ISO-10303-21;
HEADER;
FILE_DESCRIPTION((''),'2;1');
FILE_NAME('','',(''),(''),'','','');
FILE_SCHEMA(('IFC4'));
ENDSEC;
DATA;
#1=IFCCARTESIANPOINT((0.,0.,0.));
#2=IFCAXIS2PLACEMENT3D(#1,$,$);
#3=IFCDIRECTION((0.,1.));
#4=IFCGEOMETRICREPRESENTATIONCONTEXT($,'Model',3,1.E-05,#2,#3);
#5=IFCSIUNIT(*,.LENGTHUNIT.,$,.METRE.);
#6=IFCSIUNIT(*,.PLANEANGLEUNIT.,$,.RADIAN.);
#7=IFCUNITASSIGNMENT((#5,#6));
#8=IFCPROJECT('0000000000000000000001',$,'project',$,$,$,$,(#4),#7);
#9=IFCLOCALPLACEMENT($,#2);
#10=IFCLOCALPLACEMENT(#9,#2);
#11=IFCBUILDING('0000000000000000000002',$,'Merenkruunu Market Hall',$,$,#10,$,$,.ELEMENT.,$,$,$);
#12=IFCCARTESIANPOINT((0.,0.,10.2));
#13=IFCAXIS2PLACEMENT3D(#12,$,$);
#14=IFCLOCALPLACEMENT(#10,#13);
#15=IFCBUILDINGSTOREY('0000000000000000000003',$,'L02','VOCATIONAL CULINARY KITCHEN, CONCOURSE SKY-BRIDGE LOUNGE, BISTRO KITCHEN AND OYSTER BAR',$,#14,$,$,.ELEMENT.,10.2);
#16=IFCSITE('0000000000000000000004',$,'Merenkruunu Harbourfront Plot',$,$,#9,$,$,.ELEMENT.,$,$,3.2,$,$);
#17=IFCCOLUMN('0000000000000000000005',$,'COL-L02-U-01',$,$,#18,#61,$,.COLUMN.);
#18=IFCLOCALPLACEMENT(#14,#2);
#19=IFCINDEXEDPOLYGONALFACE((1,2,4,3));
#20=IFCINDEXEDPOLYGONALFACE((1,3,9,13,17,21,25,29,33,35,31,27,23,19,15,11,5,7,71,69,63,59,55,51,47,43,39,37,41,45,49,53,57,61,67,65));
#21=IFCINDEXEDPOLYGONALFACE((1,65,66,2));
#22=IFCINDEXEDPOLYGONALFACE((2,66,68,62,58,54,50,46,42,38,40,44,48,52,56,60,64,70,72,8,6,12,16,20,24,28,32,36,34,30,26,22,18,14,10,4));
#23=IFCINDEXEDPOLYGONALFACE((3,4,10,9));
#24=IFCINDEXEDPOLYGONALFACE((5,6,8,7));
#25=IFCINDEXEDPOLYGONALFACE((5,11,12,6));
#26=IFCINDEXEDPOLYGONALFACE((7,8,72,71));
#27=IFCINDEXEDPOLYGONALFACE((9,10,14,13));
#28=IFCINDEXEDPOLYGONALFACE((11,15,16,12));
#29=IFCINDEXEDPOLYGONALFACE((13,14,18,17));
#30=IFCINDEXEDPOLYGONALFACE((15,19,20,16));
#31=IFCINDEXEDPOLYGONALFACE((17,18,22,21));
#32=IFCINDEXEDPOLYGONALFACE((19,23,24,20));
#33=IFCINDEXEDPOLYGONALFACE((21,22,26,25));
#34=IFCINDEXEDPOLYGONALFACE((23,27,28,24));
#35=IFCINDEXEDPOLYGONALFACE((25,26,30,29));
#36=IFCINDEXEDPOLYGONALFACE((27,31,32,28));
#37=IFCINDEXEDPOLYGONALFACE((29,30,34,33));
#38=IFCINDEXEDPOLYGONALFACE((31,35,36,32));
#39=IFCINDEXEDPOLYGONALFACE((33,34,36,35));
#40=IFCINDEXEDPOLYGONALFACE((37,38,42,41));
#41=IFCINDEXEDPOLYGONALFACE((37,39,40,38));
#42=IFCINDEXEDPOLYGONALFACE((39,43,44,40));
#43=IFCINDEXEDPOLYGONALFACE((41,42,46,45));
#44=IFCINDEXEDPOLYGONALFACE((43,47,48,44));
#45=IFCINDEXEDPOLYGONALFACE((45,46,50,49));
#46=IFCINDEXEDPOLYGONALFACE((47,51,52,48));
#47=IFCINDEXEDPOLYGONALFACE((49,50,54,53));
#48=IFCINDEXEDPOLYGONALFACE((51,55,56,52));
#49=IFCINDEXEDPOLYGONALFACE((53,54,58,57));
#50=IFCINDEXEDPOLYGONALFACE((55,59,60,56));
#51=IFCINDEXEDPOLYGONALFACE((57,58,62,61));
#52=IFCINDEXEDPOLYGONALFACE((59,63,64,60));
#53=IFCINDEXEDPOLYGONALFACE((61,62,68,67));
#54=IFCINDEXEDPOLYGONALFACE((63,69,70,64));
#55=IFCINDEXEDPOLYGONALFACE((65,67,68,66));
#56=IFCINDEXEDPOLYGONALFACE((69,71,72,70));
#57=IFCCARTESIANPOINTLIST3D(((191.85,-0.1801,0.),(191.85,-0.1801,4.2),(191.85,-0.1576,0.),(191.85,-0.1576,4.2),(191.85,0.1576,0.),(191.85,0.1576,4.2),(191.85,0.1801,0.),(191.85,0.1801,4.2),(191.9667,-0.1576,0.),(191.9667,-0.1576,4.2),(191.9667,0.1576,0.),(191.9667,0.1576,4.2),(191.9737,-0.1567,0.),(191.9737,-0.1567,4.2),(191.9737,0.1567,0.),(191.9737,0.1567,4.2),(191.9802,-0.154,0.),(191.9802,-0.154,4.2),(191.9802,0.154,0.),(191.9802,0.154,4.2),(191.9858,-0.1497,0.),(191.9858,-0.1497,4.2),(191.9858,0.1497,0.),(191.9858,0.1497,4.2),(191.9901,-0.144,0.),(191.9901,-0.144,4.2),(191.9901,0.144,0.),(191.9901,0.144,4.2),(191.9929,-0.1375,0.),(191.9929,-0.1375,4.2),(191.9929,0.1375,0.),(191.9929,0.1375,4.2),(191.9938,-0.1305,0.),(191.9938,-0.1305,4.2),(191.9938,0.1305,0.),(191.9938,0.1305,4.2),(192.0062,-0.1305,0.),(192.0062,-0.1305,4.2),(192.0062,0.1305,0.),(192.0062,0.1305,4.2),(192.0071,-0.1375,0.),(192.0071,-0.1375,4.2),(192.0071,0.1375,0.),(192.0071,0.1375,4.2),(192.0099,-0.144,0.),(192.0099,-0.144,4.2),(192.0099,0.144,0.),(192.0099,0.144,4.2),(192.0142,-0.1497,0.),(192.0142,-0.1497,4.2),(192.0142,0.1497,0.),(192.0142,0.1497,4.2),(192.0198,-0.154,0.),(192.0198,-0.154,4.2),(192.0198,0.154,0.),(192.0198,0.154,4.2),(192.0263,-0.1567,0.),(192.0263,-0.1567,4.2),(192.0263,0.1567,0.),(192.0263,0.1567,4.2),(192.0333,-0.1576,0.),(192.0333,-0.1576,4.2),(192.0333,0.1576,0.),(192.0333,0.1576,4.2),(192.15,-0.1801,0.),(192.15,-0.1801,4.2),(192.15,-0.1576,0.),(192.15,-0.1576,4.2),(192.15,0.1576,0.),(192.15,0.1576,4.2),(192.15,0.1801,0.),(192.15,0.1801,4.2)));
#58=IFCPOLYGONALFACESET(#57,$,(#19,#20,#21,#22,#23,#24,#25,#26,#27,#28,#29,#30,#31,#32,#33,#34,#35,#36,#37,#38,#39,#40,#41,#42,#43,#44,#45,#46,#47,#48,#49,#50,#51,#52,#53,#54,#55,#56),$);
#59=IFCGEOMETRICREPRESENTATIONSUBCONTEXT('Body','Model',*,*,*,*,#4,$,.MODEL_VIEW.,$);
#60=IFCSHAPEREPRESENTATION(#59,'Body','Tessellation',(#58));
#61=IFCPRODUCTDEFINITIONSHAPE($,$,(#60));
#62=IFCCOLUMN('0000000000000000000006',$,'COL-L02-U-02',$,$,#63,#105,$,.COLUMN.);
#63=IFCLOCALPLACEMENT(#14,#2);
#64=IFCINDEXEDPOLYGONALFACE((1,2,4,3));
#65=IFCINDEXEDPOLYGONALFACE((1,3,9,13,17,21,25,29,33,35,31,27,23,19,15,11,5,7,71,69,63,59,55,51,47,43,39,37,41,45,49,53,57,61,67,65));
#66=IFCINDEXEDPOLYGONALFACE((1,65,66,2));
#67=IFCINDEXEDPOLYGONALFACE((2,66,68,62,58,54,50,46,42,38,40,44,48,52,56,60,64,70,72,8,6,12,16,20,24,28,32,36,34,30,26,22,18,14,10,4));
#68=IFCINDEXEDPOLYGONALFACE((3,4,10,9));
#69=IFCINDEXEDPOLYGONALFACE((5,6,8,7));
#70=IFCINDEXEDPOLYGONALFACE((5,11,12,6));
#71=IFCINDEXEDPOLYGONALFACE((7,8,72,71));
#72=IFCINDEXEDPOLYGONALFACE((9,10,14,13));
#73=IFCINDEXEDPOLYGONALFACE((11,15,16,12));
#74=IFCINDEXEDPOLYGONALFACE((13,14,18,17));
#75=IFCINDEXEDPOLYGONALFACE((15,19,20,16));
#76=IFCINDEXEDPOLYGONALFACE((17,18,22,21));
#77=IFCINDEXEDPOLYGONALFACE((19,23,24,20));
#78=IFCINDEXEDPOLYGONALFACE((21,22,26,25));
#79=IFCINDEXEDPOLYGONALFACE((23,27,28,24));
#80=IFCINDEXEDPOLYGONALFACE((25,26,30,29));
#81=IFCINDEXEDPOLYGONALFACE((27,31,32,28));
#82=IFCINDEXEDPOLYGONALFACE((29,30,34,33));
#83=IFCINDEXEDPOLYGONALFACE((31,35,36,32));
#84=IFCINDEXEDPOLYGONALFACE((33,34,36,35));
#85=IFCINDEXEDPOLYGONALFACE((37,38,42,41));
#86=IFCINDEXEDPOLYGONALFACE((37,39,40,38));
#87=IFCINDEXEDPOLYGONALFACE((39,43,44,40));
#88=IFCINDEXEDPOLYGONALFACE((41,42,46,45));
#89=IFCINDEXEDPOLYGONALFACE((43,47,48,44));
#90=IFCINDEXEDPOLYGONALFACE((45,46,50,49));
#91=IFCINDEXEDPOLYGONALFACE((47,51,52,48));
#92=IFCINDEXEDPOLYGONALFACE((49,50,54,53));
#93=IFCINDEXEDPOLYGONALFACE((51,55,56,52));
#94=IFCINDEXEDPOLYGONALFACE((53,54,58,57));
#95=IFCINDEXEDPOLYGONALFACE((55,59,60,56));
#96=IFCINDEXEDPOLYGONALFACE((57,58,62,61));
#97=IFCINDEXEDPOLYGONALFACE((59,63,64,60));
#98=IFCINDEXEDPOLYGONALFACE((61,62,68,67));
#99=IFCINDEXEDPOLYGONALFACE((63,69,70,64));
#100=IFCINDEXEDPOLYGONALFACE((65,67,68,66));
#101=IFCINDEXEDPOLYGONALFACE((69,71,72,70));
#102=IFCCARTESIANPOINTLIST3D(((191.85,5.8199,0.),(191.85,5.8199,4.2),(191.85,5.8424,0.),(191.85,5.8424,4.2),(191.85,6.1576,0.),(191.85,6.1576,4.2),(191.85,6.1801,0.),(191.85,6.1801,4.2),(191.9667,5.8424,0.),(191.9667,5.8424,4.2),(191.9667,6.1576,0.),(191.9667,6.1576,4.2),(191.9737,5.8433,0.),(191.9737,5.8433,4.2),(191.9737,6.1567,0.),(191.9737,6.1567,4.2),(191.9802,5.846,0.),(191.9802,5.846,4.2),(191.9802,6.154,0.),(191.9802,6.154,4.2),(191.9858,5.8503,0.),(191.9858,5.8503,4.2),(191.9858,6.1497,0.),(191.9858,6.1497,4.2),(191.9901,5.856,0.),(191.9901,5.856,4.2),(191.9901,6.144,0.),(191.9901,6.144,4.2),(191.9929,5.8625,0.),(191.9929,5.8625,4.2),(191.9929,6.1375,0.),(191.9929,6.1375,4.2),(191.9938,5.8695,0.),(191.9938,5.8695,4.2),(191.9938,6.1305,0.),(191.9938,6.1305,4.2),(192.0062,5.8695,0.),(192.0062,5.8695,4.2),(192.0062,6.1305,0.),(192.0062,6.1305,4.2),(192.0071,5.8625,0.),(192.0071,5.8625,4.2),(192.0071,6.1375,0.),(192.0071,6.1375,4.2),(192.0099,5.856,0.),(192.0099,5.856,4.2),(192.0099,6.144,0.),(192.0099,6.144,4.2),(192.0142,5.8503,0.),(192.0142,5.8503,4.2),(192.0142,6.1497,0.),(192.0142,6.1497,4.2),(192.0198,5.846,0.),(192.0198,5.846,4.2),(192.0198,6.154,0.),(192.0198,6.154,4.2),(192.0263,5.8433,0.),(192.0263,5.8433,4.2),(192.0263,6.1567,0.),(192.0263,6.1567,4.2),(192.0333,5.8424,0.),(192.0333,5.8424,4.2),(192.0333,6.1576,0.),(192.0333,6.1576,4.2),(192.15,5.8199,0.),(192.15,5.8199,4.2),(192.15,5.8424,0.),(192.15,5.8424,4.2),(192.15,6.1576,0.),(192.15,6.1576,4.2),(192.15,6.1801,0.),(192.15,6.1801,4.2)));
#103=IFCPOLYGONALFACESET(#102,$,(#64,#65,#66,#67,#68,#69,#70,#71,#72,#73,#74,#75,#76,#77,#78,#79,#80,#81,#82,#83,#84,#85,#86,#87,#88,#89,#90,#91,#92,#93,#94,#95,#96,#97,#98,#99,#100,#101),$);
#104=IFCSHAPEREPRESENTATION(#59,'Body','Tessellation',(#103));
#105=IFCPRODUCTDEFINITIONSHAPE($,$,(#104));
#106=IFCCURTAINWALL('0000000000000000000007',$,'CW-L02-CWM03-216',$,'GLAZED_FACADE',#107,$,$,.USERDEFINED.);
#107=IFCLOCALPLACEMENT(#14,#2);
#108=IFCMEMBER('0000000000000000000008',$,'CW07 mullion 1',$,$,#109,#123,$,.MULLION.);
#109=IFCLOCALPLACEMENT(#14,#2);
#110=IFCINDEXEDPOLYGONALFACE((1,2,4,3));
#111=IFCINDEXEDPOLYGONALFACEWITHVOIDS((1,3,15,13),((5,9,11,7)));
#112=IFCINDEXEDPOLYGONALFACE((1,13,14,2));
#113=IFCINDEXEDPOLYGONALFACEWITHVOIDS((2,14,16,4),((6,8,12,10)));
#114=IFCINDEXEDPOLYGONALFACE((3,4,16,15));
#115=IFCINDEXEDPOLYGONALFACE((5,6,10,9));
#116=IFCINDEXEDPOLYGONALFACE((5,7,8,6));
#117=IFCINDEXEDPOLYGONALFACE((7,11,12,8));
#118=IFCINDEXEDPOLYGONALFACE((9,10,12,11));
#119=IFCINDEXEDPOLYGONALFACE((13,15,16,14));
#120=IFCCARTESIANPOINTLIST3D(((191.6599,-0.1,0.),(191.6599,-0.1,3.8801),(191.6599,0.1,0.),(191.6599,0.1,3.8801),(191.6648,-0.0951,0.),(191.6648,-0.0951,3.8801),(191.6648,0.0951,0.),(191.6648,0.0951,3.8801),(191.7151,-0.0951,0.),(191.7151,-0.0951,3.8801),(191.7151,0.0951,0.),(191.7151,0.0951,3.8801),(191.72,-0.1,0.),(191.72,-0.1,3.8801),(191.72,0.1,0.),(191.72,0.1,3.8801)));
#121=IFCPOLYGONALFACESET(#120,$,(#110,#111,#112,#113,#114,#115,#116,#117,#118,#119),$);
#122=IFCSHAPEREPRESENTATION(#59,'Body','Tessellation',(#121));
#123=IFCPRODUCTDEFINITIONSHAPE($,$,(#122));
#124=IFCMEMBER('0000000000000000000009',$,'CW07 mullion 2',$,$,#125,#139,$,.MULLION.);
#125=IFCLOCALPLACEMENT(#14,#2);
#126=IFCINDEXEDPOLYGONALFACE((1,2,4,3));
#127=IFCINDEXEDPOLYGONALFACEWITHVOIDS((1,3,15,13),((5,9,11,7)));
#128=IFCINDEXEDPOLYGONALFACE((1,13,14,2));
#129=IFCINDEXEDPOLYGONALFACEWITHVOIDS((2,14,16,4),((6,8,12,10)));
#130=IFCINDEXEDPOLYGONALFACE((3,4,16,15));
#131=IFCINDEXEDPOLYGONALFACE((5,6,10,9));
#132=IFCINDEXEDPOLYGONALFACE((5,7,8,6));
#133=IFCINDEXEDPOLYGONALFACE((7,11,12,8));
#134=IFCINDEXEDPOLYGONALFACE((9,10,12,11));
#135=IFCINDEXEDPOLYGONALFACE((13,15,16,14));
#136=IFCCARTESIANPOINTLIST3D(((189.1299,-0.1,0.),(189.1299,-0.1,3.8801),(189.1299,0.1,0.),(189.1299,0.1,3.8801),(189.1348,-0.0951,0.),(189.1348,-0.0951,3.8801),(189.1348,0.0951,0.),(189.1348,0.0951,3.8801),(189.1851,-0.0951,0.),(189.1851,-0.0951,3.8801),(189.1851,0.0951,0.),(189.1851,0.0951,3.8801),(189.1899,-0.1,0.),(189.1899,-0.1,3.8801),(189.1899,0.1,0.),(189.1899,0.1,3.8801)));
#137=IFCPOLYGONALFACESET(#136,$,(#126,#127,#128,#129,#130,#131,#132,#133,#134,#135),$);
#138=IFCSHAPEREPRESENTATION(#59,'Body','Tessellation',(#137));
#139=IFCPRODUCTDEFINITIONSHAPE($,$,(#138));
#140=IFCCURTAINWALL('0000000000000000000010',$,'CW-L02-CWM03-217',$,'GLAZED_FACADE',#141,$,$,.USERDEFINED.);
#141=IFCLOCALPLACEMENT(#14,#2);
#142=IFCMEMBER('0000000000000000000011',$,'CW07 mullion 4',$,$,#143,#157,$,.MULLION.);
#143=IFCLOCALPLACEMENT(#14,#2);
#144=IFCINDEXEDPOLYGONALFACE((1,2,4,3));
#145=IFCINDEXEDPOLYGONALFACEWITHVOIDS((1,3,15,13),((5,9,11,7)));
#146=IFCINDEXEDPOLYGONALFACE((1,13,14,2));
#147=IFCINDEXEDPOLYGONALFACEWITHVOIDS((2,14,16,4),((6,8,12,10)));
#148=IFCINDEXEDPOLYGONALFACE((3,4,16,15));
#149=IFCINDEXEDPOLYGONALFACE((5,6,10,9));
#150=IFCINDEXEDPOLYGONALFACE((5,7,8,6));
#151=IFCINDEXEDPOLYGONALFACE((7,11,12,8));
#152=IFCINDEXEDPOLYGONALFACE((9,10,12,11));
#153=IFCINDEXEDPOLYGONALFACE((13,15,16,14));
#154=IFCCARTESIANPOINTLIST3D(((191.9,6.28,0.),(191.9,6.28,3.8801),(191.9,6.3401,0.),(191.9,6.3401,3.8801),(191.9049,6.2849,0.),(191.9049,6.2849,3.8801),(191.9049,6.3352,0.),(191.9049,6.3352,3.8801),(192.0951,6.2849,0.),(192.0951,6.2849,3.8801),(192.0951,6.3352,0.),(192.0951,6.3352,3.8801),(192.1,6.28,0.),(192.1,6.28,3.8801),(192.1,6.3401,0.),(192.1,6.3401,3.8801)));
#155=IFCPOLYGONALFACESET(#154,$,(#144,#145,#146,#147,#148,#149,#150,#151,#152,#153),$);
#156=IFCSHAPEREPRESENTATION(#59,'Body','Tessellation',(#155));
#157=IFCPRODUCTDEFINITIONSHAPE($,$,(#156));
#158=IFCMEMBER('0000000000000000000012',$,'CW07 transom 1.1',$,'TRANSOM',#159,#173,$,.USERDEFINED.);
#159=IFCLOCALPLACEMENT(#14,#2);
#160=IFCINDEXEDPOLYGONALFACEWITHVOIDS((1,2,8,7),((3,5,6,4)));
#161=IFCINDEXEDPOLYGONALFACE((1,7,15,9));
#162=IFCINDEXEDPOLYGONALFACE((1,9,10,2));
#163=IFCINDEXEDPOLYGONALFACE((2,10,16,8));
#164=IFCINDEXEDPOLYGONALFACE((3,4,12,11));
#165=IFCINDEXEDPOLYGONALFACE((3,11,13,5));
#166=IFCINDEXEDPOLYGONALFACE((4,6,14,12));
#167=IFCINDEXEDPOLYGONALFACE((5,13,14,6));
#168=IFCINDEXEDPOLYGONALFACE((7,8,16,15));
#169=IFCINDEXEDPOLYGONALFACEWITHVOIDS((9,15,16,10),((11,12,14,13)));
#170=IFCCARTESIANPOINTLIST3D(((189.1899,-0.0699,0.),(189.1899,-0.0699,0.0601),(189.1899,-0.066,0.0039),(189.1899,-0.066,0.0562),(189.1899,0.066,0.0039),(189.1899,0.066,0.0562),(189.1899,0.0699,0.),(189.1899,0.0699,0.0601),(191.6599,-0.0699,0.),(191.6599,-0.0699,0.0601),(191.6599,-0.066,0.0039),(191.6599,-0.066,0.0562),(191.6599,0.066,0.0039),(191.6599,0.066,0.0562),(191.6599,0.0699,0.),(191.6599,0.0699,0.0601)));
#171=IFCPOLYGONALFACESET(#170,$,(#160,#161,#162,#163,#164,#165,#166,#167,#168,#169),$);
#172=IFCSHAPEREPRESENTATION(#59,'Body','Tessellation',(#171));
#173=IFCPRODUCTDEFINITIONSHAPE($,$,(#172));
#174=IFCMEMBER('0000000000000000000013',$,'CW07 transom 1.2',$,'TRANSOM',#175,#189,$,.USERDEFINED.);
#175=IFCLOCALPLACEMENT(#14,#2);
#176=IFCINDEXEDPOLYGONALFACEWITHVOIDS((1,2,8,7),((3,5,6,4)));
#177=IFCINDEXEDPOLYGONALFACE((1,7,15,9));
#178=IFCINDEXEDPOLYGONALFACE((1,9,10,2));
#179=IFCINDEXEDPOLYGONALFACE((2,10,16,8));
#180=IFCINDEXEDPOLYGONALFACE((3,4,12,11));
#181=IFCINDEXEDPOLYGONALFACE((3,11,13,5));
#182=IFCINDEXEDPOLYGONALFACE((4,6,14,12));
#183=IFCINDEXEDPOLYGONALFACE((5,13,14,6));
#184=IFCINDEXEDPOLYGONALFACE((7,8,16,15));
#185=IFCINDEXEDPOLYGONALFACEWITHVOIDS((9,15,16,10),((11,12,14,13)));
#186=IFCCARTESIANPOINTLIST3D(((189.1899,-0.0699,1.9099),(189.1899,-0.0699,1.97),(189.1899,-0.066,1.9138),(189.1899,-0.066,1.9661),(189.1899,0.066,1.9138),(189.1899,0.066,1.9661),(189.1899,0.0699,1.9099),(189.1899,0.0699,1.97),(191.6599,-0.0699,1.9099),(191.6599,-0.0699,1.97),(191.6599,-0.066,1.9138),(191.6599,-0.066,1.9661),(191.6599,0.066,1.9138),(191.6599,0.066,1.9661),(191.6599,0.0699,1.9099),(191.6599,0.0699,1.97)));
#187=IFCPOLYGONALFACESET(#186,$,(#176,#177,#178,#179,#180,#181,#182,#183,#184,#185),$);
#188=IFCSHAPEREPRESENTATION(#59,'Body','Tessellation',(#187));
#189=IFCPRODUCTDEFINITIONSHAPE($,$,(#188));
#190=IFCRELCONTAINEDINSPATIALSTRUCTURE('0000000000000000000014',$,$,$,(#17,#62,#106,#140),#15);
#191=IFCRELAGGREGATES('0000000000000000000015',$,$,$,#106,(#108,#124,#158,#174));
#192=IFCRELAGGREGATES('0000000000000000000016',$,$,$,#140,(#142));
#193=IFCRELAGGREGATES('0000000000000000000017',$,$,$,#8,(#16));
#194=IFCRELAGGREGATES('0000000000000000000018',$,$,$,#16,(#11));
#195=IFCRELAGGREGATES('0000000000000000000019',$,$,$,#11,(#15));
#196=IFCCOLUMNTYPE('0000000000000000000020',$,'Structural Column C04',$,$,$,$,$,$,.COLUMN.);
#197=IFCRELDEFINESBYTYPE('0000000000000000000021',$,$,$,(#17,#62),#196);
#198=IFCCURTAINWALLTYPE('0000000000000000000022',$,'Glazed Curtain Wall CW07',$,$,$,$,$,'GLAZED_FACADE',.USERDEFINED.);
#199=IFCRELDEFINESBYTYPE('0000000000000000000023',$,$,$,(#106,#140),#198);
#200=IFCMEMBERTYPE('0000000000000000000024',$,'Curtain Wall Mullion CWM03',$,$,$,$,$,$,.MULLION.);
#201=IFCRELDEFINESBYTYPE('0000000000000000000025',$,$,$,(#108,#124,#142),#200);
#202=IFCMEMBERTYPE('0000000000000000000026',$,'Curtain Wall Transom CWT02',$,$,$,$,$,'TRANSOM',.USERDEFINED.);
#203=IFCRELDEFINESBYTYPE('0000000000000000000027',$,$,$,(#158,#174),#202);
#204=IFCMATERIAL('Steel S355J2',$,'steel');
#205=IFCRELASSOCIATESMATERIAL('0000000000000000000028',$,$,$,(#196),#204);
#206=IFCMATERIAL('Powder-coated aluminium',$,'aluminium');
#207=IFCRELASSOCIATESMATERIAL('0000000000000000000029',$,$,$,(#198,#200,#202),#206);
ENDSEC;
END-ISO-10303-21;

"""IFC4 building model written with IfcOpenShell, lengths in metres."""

from ifc_helpers import new_model, si_unit, direction, frame, origin, origin_2d, place, context, subcontext, project, spatial, hollow_rectangle, i_section, extrude, material, material_profile, profile_set, type_object, element, aggregate, save


model = new_model("IFC4")

# Units and contexts
model_context = context("Model", 3, precision=1e-05, world=origin(), true_north=direction((0.0, 1.0)))
body_context = subcontext(model_context, "Body", "Model", "MODEL_VIEW")
ifc_project = project(units=[si_unit("LENGTHUNIT", "METRE"), si_unit("PLANEANGLEUNIT", "RADIAN")], contexts=[model_context])

# Site, building, storey
site_placement = place(None, origin())
site = spatial("IfcSite", under=ifc_project, at=site_placement, Name="Merenkruunu Harbourfront Plot", CompositionType="ELEMENT", RefElevation=3.2)
building_placement = place(site_placement, origin())
building = spatial("IfcBuilding", under=site, at=building_placement, Name="Merenkruunu Market Hall", CompositionType="ELEMENT")
storey_placement = place(building_placement, frame((0.0, 0.0, 10.2)))
storey = spatial("IfcBuildingStorey", under=building, at=storey_placement, Name="L02", Description="VOCATIONAL CULINARY KITCHEN, CONCOURSE SKY-BRIDGE LOUNGE, BISTRO KITCHEN AND OYSTER BAR", CompositionType="ELEMENT", Elevation=10.2)

# Columns
ifc_material_1 = material(Name="Steel S355J2", Category="steel")
ifc_material_profile_1 = material_profile(ifc_material_1, i_section(OverallWidth=0.3, OverallDepth=0.3601, WebThickness=0.0125, FlangeThickness=0.0225, FilletRadius=0.0271, at=origin_2d()), Name="HEB 360")
ifc_profile_set_1 = profile_set([ifc_material_profile_1], Name="Steel S355J2")
column_type = type_object("IfcColumnType", Name="Structural Column C04", PredefinedType="COLUMN", material=ifc_profile_set_1)
for number, where, z_axis, x_axis, name in (
    (1, (192.0, 0.0, 0.0), (0.0, 0.0, 1.0), (1.0, 0.0, 0.0), "COL-L02-U-01"),
    (2, (192.0, 6.0, 0.0), (0.0, 0.0, 1.0), (1.0, 0.0, 0.0), "COL-L02-U-02"),
):
    element("IfcColumn", number, at=place(storey_placement, frame(where, z_axis=z_axis, x_axis=x_axis)), inside=storey, type_object=column_type, Name=name, PredefinedType="COLUMN", context=body_context, shape_type="SweptSolid", body=[
        extrude(i_section(OverallWidth=0.3, OverallDepth=0.3601, WebThickness=0.0125, FlangeThickness=0.0225, FilletRadius=0.0271, at=origin_2d()), origin(), (0.0, 0.0, 1.0), 4.2),
    ])

# Curtain wall, members
ifc_material_2 = material(Name="Powder-coated aluminium", Category="aluminium")
curtain_wall_type = type_object("IfcCurtainWallType", Name="Glazed Curtain Wall CW07", ElementType="GLAZED_FACADE", PredefinedType="USERDEFINED", material=ifc_material_2)
curtain_wall_1_placement = place(storey_placement, origin())
curtain_wall_1 = element("IfcCurtainWall", 3, at=curtain_wall_1_placement, inside=storey, type_object=curtain_wall_type, Name="CW-L02-CWM03-216", ObjectType="GLAZED_FACADE", PredefinedType="USERDEFINED")
ifc_material_profile_2 = material_profile(ifc_material_2, hollow_rectangle(XDim=0.0601, YDim=0.2, WallThickness=0.0049, at=origin_2d()), Name="ALU 60x200x5")
ifc_profile_set_2 = profile_set([ifc_material_profile_2], Name="Powder-coated aluminium")
member_type_1 = type_object("IfcMemberType", Name="Curtain Wall Mullion CWM03", PredefinedType="MULLION", material=ifc_profile_set_2)
member_1_placement = place(storey_placement, frame((191.6899, 0.0, 0.0), z_axis=(0.0, 0.0, 1.0), x_axis=(-1.0, 0.0, 0.0)))
member_1 = element("IfcMember", 4, at=member_1_placement, type_object=member_type_1, Name="CW07 mullion 1", PredefinedType="MULLION", context=body_context, shape_type="SweptSolid", body=[
    extrude(hollow_rectangle(XDim=0.0601, YDim=0.2, WallThickness=0.0049, at=origin_2d()), origin(), (0.0, 0.0, 1.0), 3.8801),
])
member_2_placement = place(storey_placement, frame((189.1599, 0.0, 0.0), z_axis=(0.0, 0.0, 1.0), x_axis=(-1.0, 0.0, 0.0)))
member_2 = element("IfcMember", 5, at=member_2_placement, type_object=member_type_1, Name="CW07 mullion 2", PredefinedType="MULLION", context=body_context, shape_type="SweptSolid", body=[
    extrude(hollow_rectangle(XDim=0.0601, YDim=0.2, WallThickness=0.0049, at=origin_2d()), origin(), (0.0, 0.0, 1.0), 3.8801),
])

# Curtain wall, member
curtain_wall_2_placement = place(storey_placement, origin())
curtain_wall_2 = element("IfcCurtainWall", 6, at=curtain_wall_2_placement, inside=storey, type_object=curtain_wall_type, Name="CW-L02-CWM03-217", ObjectType="GLAZED_FACADE", PredefinedType="USERDEFINED")
member_3_placement = place(storey_placement, frame((192.0, 6.3101, 0.0), z_axis=(0.0, 0.0, 1.0), x_axis=(0.0, -1.0, 0.0)))
member_3 = element("IfcMember", 7, at=member_3_placement, type_object=member_type_1, Name="CW07 mullion 4", PredefinedType="MULLION", context=body_context, shape_type="SweptSolid", body=[
    extrude(hollow_rectangle(XDim=0.0601, YDim=0.2, WallThickness=0.0049, at=origin_2d()), origin(), (0.0, 0.0, 1.0), 3.8801),
])

# Members
ifc_material_profile_3 = material_profile(ifc_material_2, hollow_rectangle(XDim=0.0601, YDim=0.1399, WallThickness=0.0039, at=origin_2d()), Name="ALU 60x140x4")
ifc_profile_set_3 = profile_set([ifc_material_profile_3], Name="Powder-coated aluminium")
member_type_2 = type_object("IfcMemberType", Name="Curtain Wall Transom CWT02", ElementType="TRANSOM", PredefinedType="USERDEFINED", material=ifc_profile_set_3)
member_4_placement = place(storey_placement, frame((191.6599, 0.0, 0.03), z_axis=(-1.0, 0.0, 0.0), x_axis=(0.0, 0.0, 1.0)))
member_4 = element("IfcMember", 8, at=member_4_placement, type_object=member_type_2, Name="CW07 transom 1.1", ObjectType="TRANSOM", PredefinedType="USERDEFINED", context=body_context, shape_type="SweptSolid", body=[
    extrude(hollow_rectangle(XDim=0.0601, YDim=0.1399, WallThickness=0.0039, at=origin_2d()), origin(), (0.0, 0.0, 1.0), 2.47),
])
member_5_placement = place(storey_placement, frame((191.6599, 0.0, 1.9399), z_axis=(-1.0, 0.0, 0.0), x_axis=(0.0, 0.0, 1.0)))
member_5 = element("IfcMember", 9, at=member_5_placement, type_object=member_type_2, Name="CW07 transom 1.2", ObjectType="TRANSOM", PredefinedType="USERDEFINED", context=body_context, shape_type="SweptSolid", body=[
    extrude(hollow_rectangle(XDim=0.0601, YDim=0.1399, WallThickness=0.0039, at=origin_2d()), origin(), (0.0, 0.0, 1.0), 2.47),
])

aggregate(curtain_wall_1, [member_1, member_2, member_4, member_5])
aggregate(curtain_wall_2, [member_3])

save(model, "model.ifc")
